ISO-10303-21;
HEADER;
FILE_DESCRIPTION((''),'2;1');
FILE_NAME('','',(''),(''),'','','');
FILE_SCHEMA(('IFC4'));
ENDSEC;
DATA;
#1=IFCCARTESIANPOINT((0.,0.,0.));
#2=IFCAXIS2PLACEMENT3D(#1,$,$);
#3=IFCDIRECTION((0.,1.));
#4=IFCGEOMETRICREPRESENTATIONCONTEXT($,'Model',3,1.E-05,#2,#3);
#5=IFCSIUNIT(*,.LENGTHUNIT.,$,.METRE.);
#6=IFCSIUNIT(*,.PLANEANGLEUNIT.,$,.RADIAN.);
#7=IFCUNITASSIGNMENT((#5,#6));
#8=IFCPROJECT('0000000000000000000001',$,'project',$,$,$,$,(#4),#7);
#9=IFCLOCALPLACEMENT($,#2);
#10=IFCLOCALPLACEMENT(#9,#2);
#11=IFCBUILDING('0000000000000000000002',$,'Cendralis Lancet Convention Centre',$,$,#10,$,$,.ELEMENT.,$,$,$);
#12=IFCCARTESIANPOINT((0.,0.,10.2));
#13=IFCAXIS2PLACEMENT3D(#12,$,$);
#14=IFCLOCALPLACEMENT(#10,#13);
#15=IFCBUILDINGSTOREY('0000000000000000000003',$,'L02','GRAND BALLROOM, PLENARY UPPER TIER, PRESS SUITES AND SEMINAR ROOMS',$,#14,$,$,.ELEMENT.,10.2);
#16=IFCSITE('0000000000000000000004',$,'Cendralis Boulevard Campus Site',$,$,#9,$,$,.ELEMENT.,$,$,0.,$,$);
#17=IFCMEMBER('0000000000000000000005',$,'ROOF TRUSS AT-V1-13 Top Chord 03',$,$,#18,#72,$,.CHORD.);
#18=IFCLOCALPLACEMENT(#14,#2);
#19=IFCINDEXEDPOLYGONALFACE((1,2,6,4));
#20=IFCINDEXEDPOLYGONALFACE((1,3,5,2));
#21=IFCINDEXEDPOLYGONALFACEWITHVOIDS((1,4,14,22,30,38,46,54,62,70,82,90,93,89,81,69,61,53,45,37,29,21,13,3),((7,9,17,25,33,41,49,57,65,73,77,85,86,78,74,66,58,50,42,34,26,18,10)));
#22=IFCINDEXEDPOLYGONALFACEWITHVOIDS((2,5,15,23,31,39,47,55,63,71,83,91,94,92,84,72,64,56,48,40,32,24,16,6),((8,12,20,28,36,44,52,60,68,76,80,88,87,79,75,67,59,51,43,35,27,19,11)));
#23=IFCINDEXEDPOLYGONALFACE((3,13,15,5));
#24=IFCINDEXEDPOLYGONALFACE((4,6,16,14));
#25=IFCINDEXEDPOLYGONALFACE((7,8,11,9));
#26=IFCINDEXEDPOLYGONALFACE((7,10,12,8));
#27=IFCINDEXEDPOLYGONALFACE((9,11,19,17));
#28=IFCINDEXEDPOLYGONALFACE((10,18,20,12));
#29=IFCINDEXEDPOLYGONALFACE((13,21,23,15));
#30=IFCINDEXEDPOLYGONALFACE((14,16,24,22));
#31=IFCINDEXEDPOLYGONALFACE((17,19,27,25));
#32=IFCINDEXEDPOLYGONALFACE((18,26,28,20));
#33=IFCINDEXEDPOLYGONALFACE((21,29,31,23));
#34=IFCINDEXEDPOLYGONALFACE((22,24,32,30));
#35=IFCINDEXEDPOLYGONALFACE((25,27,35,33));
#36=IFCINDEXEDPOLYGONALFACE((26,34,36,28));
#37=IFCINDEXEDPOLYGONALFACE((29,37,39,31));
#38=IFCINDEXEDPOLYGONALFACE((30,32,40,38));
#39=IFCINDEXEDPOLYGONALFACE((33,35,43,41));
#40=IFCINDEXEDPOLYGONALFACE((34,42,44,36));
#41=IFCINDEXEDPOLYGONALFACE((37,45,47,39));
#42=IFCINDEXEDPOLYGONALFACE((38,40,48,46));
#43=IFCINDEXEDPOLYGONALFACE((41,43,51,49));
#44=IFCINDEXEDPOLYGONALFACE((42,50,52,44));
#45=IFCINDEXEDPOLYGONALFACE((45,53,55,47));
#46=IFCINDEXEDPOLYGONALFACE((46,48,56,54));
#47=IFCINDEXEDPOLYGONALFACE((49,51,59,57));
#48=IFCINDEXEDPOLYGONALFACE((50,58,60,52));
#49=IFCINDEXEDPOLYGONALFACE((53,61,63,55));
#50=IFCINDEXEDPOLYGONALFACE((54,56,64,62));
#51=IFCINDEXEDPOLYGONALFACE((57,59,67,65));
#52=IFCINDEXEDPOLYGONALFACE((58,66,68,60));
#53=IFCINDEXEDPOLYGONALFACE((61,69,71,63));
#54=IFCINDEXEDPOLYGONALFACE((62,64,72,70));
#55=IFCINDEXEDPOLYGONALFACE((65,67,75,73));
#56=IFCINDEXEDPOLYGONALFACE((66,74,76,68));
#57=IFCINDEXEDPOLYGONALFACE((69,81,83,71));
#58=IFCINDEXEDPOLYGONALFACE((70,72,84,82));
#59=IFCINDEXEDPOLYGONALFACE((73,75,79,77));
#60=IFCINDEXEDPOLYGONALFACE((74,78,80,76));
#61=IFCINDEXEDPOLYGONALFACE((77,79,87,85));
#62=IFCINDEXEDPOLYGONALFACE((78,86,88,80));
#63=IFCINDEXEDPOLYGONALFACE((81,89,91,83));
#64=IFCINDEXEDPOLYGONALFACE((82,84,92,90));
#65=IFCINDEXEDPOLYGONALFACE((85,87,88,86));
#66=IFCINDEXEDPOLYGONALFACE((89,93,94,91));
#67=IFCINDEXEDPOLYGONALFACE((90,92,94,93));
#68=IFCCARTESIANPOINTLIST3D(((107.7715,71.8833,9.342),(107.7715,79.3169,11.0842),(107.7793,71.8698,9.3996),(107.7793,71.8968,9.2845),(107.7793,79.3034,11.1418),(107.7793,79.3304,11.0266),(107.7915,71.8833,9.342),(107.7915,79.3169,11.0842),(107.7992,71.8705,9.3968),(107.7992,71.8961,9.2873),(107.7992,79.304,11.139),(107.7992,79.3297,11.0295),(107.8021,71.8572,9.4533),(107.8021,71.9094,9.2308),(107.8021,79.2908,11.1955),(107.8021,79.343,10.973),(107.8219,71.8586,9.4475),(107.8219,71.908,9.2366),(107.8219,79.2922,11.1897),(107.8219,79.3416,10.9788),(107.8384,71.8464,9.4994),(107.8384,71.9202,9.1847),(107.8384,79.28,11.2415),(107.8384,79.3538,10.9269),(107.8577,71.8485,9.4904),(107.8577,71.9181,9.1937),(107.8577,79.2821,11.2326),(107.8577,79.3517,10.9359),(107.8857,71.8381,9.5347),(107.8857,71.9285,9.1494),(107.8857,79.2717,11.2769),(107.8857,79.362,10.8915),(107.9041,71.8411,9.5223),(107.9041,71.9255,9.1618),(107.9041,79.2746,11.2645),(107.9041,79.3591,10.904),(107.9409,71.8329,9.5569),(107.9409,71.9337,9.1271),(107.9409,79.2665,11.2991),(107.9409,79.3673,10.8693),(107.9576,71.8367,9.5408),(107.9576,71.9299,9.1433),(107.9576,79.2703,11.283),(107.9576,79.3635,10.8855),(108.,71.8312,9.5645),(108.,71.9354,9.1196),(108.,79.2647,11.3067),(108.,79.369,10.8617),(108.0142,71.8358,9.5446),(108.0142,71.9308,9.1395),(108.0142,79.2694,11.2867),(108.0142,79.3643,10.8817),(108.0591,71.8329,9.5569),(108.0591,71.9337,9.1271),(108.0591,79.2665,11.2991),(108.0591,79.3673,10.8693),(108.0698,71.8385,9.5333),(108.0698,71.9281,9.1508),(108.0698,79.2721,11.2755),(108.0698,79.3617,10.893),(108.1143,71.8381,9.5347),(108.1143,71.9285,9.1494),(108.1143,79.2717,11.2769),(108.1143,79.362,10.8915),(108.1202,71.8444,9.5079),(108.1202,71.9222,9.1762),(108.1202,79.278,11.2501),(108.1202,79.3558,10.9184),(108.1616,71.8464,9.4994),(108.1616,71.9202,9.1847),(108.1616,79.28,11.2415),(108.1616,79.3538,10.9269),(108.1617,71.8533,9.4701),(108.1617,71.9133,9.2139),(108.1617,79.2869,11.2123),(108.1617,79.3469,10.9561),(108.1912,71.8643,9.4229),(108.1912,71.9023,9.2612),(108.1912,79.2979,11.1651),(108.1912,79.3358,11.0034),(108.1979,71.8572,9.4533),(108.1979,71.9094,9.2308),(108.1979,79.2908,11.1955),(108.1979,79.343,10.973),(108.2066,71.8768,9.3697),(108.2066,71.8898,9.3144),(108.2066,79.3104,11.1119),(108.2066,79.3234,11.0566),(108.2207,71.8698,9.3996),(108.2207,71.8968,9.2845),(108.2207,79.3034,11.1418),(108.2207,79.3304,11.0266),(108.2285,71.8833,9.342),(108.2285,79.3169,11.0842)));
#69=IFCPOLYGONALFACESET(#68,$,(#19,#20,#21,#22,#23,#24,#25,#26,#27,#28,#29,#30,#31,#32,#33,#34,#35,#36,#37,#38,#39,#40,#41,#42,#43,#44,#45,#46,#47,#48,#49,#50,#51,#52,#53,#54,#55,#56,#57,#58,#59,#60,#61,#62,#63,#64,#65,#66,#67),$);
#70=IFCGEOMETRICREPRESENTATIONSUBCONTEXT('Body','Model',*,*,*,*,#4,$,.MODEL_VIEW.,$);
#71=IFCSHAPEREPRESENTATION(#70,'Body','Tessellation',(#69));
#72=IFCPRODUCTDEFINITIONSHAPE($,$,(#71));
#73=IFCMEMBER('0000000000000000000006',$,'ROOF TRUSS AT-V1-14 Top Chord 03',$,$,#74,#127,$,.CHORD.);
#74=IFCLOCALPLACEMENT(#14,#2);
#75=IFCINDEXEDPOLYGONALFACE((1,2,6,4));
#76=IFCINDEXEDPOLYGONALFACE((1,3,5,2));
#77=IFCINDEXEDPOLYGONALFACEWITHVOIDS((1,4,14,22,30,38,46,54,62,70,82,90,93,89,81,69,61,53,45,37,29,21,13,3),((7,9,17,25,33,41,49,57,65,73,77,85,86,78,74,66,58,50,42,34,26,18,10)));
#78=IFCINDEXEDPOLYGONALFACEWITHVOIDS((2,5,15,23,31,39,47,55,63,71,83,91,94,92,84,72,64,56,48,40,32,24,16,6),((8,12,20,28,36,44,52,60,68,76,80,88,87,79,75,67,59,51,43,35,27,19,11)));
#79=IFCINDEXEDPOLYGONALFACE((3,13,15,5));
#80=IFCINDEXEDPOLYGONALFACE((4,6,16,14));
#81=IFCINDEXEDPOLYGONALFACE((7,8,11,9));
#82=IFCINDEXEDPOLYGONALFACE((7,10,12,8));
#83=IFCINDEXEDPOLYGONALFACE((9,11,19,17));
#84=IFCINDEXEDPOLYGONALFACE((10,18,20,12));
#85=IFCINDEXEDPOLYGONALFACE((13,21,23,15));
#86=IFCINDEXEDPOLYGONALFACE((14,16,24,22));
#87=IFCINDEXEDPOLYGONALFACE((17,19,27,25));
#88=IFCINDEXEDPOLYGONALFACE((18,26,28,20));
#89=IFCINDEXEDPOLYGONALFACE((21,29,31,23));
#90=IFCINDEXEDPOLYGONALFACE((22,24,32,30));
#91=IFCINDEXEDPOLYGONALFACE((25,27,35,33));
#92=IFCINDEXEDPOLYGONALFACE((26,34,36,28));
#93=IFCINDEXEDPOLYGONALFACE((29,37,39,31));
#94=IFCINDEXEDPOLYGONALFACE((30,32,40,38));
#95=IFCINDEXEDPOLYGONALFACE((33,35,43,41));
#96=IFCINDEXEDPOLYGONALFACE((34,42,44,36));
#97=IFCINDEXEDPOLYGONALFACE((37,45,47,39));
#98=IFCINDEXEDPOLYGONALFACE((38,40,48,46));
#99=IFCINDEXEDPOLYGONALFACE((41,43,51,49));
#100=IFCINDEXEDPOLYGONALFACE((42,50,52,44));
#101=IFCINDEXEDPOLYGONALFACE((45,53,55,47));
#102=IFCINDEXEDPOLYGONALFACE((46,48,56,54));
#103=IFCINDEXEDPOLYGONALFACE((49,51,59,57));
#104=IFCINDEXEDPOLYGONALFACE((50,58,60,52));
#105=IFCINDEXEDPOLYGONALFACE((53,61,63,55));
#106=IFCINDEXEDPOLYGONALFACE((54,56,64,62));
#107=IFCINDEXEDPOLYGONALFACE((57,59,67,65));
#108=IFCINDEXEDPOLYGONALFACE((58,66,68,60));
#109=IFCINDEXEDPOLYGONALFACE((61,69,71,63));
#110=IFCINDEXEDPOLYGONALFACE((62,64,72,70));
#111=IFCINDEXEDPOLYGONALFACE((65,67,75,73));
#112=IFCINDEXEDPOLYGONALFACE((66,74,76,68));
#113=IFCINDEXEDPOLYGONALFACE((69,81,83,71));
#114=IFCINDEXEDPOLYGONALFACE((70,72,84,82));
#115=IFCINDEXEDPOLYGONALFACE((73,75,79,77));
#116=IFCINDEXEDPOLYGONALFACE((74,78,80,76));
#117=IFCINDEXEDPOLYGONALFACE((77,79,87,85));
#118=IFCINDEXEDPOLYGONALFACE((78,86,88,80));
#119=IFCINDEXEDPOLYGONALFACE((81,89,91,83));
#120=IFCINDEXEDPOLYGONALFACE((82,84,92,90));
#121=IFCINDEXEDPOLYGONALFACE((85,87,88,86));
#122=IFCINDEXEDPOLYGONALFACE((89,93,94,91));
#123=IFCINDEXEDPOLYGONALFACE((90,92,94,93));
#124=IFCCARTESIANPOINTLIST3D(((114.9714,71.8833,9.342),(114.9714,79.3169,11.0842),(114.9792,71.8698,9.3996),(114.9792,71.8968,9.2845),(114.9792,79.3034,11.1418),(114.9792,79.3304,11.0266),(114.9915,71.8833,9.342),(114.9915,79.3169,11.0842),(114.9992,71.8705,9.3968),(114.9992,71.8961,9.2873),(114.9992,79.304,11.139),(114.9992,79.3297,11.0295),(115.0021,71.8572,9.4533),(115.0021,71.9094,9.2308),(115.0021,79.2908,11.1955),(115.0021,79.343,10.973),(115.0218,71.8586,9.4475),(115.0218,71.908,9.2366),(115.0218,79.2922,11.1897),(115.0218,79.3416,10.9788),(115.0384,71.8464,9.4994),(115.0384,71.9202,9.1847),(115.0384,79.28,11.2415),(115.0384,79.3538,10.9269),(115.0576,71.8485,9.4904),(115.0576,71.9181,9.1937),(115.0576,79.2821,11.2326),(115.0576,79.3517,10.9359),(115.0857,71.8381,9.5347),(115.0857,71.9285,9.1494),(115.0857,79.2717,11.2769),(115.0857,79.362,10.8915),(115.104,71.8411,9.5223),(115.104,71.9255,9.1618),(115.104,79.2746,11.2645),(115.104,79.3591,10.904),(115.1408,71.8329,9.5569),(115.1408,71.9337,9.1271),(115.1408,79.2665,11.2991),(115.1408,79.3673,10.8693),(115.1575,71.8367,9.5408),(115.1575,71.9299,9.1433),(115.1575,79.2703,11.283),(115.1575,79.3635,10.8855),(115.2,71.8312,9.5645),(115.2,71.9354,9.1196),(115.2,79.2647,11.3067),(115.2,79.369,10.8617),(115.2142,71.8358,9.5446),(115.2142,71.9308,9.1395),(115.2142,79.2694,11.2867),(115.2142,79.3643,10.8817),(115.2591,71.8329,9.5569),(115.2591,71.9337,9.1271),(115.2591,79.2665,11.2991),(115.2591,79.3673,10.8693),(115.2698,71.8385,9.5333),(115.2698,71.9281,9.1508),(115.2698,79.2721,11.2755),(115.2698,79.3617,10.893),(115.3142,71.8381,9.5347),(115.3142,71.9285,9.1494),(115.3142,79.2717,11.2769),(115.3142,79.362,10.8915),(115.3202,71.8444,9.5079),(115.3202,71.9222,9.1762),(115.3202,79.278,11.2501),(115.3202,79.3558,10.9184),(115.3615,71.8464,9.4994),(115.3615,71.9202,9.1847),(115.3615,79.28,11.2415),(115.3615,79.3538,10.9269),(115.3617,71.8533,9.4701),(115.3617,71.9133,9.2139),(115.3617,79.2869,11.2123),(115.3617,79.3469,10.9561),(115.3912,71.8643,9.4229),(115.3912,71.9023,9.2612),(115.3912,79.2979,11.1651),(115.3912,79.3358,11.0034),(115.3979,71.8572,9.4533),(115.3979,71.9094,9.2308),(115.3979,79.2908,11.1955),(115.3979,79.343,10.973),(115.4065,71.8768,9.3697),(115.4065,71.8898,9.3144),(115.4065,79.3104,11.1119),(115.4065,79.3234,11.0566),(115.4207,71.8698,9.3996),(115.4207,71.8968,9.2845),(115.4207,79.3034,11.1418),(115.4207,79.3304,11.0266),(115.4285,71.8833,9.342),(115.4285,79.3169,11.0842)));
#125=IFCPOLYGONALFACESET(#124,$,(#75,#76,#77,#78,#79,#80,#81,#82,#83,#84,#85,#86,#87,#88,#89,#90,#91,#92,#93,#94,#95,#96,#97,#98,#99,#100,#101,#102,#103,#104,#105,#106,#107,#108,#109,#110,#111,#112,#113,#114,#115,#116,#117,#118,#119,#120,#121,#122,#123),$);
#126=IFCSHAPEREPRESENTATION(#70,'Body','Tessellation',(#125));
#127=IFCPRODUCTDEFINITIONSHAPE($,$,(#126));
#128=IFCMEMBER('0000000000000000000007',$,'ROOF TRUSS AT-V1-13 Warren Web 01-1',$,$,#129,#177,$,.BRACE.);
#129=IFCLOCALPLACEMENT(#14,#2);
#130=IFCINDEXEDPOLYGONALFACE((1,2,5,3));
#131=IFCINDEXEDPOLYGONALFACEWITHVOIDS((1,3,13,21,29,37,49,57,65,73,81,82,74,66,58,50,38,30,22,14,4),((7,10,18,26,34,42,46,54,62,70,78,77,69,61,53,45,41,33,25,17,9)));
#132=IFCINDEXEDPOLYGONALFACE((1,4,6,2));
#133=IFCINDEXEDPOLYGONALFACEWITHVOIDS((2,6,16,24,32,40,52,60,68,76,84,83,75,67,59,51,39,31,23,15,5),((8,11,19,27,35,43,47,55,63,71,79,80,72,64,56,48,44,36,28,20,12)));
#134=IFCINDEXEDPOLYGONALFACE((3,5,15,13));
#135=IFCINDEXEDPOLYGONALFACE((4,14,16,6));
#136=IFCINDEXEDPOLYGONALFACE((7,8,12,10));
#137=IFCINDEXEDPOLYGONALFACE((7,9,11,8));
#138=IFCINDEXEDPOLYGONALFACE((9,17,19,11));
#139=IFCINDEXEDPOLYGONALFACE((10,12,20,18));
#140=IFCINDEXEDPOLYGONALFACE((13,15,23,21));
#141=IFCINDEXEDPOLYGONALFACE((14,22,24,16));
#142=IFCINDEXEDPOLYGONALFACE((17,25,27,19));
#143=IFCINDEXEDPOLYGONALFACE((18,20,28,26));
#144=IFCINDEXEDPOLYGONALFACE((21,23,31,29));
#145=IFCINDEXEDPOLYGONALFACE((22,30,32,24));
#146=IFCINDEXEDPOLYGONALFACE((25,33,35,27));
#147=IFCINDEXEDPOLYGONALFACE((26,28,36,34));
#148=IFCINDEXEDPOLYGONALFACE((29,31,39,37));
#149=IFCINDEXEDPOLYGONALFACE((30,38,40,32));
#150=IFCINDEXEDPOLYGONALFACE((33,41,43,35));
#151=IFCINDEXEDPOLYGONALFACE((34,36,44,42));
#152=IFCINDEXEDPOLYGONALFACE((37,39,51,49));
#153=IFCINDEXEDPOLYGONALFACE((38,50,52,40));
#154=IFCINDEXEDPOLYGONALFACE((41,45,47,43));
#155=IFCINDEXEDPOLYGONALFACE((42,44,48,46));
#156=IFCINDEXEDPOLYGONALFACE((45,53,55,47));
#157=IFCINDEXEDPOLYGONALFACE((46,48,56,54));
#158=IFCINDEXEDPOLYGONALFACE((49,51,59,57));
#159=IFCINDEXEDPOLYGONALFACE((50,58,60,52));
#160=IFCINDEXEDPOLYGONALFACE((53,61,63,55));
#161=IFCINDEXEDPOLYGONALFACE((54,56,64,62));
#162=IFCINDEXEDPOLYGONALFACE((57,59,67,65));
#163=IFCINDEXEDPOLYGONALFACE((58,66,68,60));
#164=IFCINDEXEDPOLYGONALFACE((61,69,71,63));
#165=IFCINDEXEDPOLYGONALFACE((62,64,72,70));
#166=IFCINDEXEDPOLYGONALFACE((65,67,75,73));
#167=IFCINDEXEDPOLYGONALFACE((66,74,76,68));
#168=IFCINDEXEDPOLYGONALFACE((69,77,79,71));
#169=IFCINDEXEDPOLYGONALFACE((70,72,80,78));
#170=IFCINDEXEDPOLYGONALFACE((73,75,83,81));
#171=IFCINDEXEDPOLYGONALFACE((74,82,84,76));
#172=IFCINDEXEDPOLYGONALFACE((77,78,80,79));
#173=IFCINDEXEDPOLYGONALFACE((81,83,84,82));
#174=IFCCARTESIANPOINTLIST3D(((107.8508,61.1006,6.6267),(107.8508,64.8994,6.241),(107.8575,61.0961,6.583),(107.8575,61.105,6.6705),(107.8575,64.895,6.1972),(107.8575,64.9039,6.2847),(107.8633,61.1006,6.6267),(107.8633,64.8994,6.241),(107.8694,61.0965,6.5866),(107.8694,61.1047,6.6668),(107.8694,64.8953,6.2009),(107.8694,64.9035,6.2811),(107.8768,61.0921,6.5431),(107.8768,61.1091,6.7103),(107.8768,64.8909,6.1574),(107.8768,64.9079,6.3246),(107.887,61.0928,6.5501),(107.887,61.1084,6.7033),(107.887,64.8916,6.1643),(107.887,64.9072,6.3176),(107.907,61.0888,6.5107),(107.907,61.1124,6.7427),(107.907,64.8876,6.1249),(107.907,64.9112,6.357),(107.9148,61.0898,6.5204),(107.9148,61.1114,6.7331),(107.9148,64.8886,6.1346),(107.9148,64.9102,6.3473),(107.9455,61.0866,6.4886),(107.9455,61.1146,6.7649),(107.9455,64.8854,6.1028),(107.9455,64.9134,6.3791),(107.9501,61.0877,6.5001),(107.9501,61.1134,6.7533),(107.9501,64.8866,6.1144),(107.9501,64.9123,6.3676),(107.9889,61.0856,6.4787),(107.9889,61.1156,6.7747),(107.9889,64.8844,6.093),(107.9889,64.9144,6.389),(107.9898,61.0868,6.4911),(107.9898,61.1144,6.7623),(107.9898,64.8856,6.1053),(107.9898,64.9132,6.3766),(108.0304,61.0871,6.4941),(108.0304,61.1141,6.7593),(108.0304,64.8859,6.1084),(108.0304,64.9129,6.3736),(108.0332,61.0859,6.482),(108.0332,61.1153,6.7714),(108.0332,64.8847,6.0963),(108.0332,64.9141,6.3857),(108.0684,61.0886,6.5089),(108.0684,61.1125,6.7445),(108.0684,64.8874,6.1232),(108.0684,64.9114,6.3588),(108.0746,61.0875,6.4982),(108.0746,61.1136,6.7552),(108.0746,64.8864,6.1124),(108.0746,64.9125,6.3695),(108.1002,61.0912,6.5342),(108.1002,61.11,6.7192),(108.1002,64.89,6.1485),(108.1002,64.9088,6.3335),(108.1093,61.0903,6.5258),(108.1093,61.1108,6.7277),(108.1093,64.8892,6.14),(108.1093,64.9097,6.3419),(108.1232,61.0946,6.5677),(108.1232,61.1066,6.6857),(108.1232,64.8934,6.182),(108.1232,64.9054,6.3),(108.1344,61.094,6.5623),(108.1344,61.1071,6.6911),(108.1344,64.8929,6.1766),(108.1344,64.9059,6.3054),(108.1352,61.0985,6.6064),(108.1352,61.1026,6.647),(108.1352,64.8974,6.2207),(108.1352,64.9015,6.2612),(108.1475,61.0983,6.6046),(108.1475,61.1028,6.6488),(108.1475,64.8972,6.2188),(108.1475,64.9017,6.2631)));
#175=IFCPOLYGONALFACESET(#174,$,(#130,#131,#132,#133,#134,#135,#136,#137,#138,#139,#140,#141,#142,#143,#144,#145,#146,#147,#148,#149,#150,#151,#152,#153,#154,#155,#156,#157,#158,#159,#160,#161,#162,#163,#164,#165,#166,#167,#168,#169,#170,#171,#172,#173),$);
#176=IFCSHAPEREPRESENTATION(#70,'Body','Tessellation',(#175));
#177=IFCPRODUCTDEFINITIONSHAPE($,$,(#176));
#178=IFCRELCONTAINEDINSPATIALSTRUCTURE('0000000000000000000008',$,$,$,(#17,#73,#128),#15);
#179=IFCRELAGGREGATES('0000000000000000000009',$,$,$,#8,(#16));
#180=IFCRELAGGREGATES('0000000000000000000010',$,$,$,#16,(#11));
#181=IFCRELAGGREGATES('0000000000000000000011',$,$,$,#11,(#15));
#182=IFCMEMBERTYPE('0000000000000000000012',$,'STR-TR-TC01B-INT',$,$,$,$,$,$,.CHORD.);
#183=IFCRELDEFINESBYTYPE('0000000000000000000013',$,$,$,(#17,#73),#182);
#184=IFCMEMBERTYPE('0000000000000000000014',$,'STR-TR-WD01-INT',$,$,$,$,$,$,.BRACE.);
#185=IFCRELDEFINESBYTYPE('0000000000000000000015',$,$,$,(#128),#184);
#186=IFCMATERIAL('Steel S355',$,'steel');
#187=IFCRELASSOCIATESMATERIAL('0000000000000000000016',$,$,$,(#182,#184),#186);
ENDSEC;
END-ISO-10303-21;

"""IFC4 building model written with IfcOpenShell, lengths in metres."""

from ifc_helpers import new_model, si_unit, direction, frame, origin, origin_2d, place, context, subcontext, project, spatial, hollow_circle, extrude, material, material_profile, profile_set, type_object, element, save


model = new_model("IFC4")

# Units and contexts
model_context = context("Model", 3, precision=1e-05, world=origin(), true_north=direction((0.0, 1.0)))
body_context = subcontext(model_context, "Body", "Model", "MODEL_VIEW")
ifc_project = project(units=[si_unit("LENGTHUNIT", "METRE"), si_unit("PLANEANGLEUNIT", "RADIAN")], contexts=[model_context])

# Site, building, storey
site_placement = place(None, origin())
site = spatial("IfcSite", under=ifc_project, at=site_placement, Name="Cendralis Boulevard Campus Site", CompositionType="ELEMENT", RefElevation=0.0)
building_placement = place(site_placement, origin())
building = spatial("IfcBuilding", under=site, at=building_placement, Name="Cendralis Lancet Convention Centre", CompositionType="ELEMENT")
storey_placement = place(building_placement, frame((0.0, 0.0, 10.2)))
storey = spatial("IfcBuildingStorey", under=building, at=storey_placement, Name="L02", Description="GRAND BALLROOM, PLENARY UPPER TIER, PRESS SUITES AND SEMINAR ROOMS", CompositionType="ELEMENT", Elevation=10.2)

# Members
ifc_material = material(Name="Steel S355", Category="steel")
ifc_material_profile_1 = material_profile(ifc_material, hollow_circle(Radius=0.2285, WallThickness=0.02, at=origin_2d()), Name="CHS 457.0x20.0")
ifc_profile_set_1 = profile_set([ifc_material_profile_1], Name="Steel S355")
member_type_1 = type_object("IfcMemberType", Name="STR-TR-TC01B-INT", PredefinedType="CHORD", material=ifc_profile_set_1)
for number, where, z_axis, x_axis, name in (
    (1, (108.0, 71.8833, 9.342), (0.0, 0.973618, 0.228184), (-1.0, 0.0, 0.0), "ROOF TRUSS AT-V1-13 Top Chord 03"),
    (2, (115.2, 71.8833, 9.342), (0.0, 0.973618, 0.228184), (-1.0, 0.0, 0.0), "ROOF TRUSS AT-V1-14 Top Chord 03"),
):
    element("IfcMember", number, at=place(storey_placement, frame(where, z_axis=z_axis, x_axis=x_axis)), inside=storey, type_object=member_type_1, Name=name, PredefinedType="CHORD", context=body_context, shape_type="SweptSolid", body=[
        extrude(hollow_circle(Radius=0.2285, WallThickness=0.02, at=origin_2d()), origin(), (0.0, 0.0, 1.0), 7.635),
    ])
ifc_material_profile_2 = material_profile(ifc_material, hollow_circle(Radius=0.1492, WallThickness=0.0125, at=origin_2d()), Name="CHS 298.5x12.5")
ifc_profile_set_2 = profile_set([ifc_material_profile_2], Name="Steel S355")
member_type_2 = type_object("IfcMemberType", Name="STR-TR-WD01-INT", PredefinedType="BRACE", material=ifc_profile_set_2)
member_1_placement = place(storey_placement, frame((108.0, 61.1006, 6.6267), z_axis=(0.0, 0.994884, -0.101023), x_axis=(-1.0, 0.0, 0.0)))
element("IfcMember", 3, at=member_1_placement, inside=storey, type_object=member_type_2, Name="ROOF TRUSS AT-V1-13 Warren Web 01-1", PredefinedType="BRACE", context=body_context, shape_type="SweptSolid", body=[
    extrude(hollow_circle(Radius=0.1492, WallThickness=0.0125, at=origin_2d()), origin(), (0.0, 0.0, 1.0), 3.8184),
])

save(model, "model.ifc")
